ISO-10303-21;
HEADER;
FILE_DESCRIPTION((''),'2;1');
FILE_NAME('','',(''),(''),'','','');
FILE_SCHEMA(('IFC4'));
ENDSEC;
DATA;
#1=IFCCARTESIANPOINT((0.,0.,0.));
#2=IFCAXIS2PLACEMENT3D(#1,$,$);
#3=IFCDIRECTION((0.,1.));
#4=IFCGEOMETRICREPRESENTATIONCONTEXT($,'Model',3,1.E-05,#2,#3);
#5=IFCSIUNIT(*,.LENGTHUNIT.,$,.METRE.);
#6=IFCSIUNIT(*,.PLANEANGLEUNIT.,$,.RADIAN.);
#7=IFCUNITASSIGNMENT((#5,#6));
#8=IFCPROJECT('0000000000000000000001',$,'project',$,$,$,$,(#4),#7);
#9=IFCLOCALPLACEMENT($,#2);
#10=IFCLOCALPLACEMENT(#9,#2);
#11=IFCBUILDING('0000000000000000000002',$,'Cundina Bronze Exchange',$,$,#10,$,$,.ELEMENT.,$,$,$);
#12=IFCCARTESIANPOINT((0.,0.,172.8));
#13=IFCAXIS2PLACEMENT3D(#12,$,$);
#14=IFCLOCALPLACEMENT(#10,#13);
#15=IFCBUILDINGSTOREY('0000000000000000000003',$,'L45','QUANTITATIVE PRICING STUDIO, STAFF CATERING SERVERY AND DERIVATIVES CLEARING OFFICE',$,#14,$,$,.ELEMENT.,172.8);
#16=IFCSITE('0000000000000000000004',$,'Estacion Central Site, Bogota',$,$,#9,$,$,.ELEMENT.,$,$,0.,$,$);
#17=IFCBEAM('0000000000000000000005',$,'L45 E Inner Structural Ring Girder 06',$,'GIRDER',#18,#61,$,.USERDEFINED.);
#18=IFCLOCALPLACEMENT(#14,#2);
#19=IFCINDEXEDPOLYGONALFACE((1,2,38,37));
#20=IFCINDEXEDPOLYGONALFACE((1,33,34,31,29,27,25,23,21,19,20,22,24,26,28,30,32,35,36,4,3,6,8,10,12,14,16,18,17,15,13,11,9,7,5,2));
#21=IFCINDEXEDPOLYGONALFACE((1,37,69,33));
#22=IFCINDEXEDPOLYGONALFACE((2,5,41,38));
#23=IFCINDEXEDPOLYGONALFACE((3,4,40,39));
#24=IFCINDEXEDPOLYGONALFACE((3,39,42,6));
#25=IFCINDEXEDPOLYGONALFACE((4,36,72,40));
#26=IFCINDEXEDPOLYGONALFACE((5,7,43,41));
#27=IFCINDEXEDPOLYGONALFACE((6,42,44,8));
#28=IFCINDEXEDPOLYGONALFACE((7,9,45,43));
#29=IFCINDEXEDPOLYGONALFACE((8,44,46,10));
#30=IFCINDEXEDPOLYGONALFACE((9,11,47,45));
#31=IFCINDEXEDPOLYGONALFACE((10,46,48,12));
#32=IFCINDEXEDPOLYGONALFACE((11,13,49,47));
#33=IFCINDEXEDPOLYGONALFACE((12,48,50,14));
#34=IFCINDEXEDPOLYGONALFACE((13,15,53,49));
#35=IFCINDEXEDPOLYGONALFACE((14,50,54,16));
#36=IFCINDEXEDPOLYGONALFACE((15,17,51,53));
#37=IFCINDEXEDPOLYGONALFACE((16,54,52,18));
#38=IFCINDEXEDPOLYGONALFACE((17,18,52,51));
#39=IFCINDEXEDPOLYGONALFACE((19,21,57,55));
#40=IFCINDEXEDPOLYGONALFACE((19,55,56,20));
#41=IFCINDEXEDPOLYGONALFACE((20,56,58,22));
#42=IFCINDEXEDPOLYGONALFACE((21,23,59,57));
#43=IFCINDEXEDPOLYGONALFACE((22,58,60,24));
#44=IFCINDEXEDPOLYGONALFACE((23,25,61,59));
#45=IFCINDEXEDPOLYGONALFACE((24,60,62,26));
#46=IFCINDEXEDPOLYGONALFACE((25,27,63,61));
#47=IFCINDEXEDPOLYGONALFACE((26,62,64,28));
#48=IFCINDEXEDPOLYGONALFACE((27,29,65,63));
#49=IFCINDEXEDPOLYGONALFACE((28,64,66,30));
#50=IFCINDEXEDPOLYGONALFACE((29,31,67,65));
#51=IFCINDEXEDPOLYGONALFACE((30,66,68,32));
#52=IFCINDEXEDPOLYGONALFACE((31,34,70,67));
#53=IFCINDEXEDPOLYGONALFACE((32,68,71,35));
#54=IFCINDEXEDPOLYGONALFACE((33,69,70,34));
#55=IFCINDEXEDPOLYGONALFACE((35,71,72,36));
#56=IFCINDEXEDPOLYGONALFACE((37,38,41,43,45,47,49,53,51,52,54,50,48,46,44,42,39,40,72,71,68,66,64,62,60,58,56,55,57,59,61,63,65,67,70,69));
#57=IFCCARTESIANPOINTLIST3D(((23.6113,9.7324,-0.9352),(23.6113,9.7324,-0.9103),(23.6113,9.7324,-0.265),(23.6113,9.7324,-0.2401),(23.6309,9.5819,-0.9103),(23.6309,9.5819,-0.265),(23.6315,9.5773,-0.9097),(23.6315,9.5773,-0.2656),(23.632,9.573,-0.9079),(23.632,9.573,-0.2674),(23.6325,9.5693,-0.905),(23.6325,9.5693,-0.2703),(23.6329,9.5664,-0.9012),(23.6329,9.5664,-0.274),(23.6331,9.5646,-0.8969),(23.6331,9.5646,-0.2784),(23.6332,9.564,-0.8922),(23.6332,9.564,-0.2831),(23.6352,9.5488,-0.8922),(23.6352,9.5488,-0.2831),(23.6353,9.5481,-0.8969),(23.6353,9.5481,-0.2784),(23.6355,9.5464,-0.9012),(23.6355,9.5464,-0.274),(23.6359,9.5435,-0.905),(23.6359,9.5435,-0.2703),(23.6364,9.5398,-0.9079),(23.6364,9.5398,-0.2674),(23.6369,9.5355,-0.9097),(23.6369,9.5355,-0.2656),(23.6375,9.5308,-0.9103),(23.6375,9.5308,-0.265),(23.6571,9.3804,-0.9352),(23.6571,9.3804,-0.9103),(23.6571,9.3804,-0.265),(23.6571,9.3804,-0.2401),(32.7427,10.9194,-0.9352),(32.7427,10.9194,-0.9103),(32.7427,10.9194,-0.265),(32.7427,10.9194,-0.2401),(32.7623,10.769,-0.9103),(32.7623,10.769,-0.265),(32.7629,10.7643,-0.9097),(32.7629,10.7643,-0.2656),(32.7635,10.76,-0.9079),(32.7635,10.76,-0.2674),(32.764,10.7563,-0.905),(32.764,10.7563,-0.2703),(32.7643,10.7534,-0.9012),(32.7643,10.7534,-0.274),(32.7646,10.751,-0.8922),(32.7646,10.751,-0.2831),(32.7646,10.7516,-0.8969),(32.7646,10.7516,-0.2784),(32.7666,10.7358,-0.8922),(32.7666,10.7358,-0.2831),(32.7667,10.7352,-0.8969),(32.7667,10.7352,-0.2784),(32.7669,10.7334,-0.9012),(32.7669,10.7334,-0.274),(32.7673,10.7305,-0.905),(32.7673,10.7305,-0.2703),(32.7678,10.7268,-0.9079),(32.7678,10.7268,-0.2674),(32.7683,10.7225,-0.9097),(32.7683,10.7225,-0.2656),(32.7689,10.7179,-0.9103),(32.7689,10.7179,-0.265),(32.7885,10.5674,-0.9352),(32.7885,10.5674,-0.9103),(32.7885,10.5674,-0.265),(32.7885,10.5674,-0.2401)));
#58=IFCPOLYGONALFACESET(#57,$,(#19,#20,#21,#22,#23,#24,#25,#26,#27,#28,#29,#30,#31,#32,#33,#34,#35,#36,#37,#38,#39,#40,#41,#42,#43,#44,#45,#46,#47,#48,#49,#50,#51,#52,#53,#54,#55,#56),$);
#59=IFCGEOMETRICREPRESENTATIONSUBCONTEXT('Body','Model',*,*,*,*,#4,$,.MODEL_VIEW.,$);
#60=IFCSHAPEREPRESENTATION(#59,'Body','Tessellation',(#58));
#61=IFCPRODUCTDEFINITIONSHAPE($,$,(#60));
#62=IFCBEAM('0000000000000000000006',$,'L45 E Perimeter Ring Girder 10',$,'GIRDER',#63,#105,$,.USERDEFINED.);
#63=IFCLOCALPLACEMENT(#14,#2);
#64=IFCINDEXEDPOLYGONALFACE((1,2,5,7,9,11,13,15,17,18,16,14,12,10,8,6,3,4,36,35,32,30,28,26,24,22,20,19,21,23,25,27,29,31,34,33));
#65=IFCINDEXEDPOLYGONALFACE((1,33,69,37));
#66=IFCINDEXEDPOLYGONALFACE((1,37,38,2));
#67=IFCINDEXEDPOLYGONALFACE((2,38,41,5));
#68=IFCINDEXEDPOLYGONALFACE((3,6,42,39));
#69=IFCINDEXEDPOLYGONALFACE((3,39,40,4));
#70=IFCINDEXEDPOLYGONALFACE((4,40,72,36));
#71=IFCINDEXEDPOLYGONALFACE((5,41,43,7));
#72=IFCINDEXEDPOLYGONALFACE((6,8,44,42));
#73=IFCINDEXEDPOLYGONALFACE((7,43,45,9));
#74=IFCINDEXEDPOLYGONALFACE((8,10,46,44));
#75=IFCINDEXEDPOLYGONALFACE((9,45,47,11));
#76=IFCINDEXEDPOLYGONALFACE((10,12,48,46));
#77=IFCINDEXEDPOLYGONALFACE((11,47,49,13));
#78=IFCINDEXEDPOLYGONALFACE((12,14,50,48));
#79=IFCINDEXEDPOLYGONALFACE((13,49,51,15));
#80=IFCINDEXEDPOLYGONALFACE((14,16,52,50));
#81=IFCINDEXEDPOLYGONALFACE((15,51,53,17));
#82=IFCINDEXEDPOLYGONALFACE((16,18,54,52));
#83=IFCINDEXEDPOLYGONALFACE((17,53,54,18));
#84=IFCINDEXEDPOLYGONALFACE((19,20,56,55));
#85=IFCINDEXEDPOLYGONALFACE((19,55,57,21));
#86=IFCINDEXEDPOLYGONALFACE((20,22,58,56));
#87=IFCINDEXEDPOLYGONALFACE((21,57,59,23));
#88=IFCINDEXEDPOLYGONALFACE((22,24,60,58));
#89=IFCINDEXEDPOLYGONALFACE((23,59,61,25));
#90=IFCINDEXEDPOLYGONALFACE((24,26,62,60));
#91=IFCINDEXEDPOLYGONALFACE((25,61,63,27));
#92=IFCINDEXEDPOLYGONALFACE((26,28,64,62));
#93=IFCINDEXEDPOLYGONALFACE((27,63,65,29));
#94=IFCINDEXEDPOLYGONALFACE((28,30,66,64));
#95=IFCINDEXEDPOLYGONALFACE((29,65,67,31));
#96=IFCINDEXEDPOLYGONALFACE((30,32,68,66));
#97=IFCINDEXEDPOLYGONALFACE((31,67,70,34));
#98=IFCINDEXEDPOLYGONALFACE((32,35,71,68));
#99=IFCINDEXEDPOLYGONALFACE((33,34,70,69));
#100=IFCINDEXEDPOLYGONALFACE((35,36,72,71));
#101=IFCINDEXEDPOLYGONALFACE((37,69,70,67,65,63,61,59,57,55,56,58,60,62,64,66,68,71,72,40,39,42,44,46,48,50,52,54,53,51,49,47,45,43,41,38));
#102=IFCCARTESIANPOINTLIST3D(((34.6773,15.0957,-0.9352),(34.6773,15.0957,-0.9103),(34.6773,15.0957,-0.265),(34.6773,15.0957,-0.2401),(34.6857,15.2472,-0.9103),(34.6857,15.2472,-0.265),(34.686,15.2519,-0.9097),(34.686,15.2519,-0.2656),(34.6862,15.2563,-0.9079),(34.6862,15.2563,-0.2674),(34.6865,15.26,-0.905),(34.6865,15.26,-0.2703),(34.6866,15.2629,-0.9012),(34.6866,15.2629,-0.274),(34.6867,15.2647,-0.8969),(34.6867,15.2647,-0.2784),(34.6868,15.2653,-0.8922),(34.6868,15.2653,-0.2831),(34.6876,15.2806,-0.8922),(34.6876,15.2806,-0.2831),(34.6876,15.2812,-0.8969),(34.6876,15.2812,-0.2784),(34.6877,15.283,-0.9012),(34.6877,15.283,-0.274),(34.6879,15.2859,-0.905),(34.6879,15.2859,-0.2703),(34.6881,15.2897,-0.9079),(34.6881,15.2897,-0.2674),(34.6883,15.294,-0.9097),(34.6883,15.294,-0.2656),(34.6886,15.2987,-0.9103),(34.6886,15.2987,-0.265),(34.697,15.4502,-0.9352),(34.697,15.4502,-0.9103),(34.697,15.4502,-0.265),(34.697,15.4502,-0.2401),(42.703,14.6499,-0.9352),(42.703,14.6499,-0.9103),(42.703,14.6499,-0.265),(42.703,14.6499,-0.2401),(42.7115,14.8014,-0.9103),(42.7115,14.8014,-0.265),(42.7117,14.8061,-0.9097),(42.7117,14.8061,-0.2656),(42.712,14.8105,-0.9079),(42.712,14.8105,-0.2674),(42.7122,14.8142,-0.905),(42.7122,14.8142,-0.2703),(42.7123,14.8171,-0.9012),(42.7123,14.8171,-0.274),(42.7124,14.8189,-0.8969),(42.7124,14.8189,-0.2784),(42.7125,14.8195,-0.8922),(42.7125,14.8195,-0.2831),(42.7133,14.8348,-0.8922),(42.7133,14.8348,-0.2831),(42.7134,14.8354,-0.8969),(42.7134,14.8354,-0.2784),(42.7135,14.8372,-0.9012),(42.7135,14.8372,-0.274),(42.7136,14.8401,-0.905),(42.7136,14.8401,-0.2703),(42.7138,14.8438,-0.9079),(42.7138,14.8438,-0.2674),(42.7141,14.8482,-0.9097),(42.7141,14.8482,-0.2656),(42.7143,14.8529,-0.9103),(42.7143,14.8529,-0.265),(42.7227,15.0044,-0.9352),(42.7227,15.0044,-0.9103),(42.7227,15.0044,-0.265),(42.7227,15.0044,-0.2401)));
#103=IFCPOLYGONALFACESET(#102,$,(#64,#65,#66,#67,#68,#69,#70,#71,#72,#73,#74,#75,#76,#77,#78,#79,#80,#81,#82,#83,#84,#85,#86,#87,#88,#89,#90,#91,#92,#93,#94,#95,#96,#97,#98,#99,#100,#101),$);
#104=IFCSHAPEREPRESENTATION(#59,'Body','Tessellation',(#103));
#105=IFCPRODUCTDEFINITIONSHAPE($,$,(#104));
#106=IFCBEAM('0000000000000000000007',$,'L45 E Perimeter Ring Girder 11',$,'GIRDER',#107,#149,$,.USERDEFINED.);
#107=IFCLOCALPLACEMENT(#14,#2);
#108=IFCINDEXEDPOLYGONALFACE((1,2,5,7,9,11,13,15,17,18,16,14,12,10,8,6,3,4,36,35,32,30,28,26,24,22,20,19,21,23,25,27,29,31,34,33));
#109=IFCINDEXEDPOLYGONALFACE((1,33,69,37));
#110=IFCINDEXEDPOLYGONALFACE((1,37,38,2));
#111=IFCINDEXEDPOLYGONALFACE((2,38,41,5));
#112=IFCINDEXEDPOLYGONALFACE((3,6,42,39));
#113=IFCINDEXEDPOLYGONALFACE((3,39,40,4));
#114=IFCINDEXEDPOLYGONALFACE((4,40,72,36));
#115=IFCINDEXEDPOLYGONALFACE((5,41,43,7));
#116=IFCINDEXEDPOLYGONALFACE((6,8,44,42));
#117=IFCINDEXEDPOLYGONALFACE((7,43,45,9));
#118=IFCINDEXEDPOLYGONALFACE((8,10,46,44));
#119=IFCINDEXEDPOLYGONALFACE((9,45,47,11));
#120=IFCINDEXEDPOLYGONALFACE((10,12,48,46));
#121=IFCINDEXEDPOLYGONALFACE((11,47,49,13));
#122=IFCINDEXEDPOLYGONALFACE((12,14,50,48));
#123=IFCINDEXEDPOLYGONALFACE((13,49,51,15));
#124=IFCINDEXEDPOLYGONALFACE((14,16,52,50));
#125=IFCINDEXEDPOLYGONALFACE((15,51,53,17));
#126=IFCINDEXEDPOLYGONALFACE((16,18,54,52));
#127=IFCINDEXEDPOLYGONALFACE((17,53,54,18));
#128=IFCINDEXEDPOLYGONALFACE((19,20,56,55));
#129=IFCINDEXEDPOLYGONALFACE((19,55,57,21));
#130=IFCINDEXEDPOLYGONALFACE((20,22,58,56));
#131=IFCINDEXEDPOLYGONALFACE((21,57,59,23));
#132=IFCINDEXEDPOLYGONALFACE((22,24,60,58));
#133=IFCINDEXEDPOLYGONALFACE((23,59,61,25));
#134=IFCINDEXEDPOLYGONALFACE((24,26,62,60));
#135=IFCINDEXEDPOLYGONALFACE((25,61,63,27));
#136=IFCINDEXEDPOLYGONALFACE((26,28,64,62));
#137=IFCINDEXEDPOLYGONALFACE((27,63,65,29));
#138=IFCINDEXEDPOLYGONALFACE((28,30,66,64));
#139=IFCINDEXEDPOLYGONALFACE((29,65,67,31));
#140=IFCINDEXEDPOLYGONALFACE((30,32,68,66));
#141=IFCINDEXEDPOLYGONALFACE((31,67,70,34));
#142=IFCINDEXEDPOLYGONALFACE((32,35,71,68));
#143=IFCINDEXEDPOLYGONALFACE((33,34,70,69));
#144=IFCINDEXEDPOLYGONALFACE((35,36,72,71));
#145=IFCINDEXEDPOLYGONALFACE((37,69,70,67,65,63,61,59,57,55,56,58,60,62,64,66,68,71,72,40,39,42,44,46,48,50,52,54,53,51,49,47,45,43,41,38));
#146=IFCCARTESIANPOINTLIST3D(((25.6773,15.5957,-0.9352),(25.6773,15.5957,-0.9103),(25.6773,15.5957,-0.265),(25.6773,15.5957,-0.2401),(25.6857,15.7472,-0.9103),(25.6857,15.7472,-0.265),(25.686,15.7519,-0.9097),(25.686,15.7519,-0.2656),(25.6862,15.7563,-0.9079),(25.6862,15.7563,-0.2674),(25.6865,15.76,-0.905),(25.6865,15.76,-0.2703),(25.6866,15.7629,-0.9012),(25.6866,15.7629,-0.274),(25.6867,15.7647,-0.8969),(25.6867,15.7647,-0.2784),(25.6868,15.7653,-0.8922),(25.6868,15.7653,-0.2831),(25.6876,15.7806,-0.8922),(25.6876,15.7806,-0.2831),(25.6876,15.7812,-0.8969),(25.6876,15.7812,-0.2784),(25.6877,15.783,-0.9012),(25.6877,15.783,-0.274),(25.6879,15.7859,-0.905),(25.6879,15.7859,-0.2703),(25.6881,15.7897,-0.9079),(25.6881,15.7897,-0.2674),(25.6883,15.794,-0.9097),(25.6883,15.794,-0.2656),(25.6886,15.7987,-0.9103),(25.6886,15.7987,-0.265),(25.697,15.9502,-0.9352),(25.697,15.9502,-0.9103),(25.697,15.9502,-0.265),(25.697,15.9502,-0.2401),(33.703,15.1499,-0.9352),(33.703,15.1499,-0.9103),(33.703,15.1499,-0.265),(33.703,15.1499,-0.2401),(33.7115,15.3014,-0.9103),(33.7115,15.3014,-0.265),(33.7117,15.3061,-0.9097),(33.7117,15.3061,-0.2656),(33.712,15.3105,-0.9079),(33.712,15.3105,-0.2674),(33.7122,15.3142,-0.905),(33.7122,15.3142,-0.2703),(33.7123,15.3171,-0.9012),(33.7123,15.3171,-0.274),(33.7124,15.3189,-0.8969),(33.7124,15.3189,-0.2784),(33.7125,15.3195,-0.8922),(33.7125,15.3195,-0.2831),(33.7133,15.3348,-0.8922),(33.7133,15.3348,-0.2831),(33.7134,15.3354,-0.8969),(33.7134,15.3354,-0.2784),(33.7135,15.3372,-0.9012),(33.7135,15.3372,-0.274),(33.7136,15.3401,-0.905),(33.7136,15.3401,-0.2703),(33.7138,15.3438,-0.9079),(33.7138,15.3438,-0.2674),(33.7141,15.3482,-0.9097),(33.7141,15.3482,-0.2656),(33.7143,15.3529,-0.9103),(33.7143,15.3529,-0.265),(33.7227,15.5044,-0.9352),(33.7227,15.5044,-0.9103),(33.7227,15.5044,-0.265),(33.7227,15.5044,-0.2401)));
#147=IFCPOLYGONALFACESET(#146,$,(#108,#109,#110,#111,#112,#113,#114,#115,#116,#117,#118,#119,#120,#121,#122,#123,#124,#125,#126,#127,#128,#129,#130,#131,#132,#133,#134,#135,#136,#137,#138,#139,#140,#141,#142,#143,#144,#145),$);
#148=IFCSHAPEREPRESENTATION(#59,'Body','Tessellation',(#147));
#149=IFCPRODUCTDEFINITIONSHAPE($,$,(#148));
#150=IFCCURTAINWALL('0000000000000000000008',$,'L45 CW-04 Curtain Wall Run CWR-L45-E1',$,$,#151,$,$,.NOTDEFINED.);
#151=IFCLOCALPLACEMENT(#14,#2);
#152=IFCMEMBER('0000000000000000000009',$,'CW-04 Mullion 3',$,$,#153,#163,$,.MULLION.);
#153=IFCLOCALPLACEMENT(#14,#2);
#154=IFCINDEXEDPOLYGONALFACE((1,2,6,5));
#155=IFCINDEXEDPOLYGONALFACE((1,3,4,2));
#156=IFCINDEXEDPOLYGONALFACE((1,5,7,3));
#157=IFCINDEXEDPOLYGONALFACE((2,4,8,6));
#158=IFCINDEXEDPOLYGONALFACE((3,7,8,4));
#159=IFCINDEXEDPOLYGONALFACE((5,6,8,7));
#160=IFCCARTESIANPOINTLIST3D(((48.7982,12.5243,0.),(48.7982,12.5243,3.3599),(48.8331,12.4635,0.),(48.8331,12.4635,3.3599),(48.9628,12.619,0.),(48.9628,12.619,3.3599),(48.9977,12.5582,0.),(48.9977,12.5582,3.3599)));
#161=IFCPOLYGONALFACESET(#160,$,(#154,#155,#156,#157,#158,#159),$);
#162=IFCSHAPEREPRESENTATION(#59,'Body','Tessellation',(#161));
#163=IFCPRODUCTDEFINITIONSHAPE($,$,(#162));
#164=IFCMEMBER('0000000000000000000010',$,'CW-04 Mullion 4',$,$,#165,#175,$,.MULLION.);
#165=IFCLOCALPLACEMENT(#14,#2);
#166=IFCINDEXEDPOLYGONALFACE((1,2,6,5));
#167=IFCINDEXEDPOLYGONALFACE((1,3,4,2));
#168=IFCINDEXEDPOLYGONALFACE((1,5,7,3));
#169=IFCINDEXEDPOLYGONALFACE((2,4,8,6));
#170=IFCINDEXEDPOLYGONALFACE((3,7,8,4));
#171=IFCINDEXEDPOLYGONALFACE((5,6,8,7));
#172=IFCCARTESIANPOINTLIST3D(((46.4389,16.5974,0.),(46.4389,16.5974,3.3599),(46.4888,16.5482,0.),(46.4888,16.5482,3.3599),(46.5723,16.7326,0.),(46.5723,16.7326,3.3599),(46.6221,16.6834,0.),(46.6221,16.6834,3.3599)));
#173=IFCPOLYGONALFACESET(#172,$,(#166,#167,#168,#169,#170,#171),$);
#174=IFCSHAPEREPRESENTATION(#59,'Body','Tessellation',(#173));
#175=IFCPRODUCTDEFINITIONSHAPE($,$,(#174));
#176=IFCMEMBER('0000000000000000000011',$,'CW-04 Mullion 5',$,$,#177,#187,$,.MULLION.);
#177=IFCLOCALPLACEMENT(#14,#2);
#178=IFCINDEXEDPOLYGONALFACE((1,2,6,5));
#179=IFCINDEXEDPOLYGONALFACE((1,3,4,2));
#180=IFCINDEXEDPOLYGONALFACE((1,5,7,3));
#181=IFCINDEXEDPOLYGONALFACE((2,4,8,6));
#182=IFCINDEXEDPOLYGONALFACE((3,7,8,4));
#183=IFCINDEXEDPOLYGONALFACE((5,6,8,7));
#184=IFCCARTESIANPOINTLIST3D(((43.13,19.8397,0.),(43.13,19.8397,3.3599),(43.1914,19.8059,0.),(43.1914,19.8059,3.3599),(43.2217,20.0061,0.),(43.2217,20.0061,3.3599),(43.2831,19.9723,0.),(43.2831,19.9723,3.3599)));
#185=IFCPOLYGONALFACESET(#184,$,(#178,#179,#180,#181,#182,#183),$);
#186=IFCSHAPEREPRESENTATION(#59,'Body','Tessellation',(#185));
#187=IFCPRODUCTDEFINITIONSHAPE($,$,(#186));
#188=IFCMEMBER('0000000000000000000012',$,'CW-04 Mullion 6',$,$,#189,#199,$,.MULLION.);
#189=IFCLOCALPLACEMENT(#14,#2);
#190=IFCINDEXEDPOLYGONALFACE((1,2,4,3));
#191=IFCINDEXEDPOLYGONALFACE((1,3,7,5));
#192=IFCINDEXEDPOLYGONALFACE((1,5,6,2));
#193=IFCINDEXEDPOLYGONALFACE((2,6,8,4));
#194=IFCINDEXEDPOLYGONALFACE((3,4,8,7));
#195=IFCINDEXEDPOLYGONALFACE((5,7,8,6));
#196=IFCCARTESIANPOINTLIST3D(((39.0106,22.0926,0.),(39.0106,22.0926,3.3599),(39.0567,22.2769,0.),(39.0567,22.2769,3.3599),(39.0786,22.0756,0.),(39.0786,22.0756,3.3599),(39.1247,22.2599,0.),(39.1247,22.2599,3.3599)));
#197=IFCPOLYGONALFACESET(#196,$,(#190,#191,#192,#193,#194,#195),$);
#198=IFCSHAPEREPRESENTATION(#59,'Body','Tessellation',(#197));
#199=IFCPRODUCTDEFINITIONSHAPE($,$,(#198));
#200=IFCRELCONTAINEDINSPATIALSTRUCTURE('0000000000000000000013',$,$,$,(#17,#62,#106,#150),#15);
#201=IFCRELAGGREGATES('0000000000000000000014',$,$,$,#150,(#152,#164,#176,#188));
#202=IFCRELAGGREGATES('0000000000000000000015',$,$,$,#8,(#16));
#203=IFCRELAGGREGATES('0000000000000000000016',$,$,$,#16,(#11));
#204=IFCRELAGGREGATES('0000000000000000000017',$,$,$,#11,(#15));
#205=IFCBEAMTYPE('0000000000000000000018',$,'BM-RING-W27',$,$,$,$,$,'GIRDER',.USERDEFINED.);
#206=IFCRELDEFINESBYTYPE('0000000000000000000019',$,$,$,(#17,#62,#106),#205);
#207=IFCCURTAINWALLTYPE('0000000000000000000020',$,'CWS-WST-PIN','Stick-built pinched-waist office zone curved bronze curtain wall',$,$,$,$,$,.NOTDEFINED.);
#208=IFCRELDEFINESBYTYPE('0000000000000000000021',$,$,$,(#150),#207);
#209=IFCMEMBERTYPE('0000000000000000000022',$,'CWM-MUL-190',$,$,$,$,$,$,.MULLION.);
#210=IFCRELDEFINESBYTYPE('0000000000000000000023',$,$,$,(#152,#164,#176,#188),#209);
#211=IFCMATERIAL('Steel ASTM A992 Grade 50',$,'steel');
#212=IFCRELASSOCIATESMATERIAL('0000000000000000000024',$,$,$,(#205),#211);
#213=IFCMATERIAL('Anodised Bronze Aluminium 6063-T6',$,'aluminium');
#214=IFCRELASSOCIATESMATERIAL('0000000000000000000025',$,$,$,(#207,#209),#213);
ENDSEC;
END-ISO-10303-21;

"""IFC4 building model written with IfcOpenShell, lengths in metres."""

from ifc_helpers import new_model, si_unit, direction, frame, origin, origin_2d, place, context, subcontext, project, spatial, rectangle, i_section, extrude, material, material_profile, profile_set, type_object, element, aggregate, save


model = new_model("IFC4")

# Units and contexts
model_context = context("Model", 3, precision=1e-05, world=origin(), true_north=direction((0.0, 1.0)))
body_context = subcontext(model_context, "Body", "Model", "MODEL_VIEW")
ifc_project = project(units=[si_unit("LENGTHUNIT", "METRE"), si_unit("PLANEANGLEUNIT", "RADIAN")], contexts=[model_context])

# Site, building, storey
site_placement = place(None, origin())
site = spatial("IfcSite", under=ifc_project, at=site_placement, Name="Estacion Central Site, Bogota", CompositionType="ELEMENT", RefElevation=0.0)
building_placement = place(site_placement, origin())
building = spatial("IfcBuilding", under=site, at=building_placement, Name="Cundina Bronze Exchange", CompositionType="ELEMENT")
storey_placement = place(building_placement, frame((0.0, 0.0, 172.8)))
storey = spatial("IfcBuildingStorey", under=building, at=storey_placement, Name="L45", Description="QUANTITATIVE PRICING STUDIO, STAFF CATERING SERVERY AND DERIVATIVES CLEARING OFFICE", CompositionType="ELEMENT", Elevation=172.8)

# Beams
ifc_material_1 = material(Name="Steel ASTM A992 Grade 50", Category="steel")
ifc_material_profile_1 = material_profile(ifc_material_1, i_section(OverallWidth=0.355, OverallDepth=0.6951, WebThickness=0.0154, FlangeThickness=0.0249, FilletRadius=0.0181, at=origin_2d()), Name="W27X146", Category="steel")
ifc_profile_set_1 = profile_set([ifc_material_profile_1], Name="Steel ASTM A992 Grade 50")
beam_type_1 = type_object("IfcBeamType", Name="BM-RING-W27", ElementType="GIRDER", PredefinedType="USERDEFINED", material=ifc_profile_set_1)
beam_1_placement = place(storey_placement, frame((32.7656, 10.7434, -0.5876), z_axis=(-0.991656, -0.128908, 0.0), x_axis=(0.128908, -0.991656, 0.0)))
element("IfcBeam", 1, at=beam_1_placement, inside=storey, type_object=beam_type_1, Name="L45 E Inner Structural Ring Girder 06", ObjectType="GIRDER", PredefinedType="USERDEFINED", context=body_context, shape_type="SweptSolid", body=[
    extrude(i_section(OverallWidth=0.355, OverallDepth=0.6951, WebThickness=0.0154, FlangeThickness=0.0249, FilletRadius=0.0181, at=origin_2d()), origin(), (0.0, 0.0, 1.0), 9.2083),
])
for number, where, z_axis, x_axis, name in (
    (2, (42.7129, 14.8271, -0.5876), (-0.998461, 0.055462, 0.0), (-0.055462, -0.998461, 0.0), "L45 E Perimeter Ring Girder 10"),
    (3, (33.7129, 15.3271, -0.5876), (-0.998461, 0.055462, 0.0), (-0.055462, -0.998461, 0.0), "L45 E Perimeter Ring Girder 11"),
):
    element("IfcBeam", number, at=place(storey_placement, frame(where, z_axis=z_axis, x_axis=x_axis)), inside=storey, type_object=beam_type_1, Name=name, ObjectType="GIRDER", PredefinedType="USERDEFINED", context=body_context, shape_type="SweptSolid", body=[
        extrude(i_section(OverallWidth=0.355, OverallDepth=0.6951, WebThickness=0.0154, FlangeThickness=0.0249, FilletRadius=0.0181, at=origin_2d()), origin(), (0.0, 0.0, 1.0), 8.0381),
    ])

# Curtain wall, members
ifc_material_2 = material(Name="Anodised Bronze Aluminium 6063-T6", Category="aluminium")
curtain_wall_type = type_object("IfcCurtainWallType", Name="CWS-WST-PIN", Description="Stick-built pinched-waist office zone curved bronze curtain wall", PredefinedType="NOTDEFINED", material=ifc_material_2)
curtain_wall_1_placement = place(storey_placement, origin())
curtain_wall_1 = element("IfcCurtainWall", 4, at=curtain_wall_1_placement, inside=storey, type_object=curtain_wall_type, Name="L45 CW-04 Curtain Wall Run CWR-L45-E1", PredefinedType="NOTDEFINED")
ifc_material_profile_2 = material_profile(ifc_material_2, rectangle(XDim=0.0701, YDim=0.1899, at=origin_2d()), Name="AL70X190", Category="aluminium")
ifc_profile_set_2 = profile_set([ifc_material_profile_2], Name="Anodised Bronze Aluminium 6063-T6")
member_type_1 = type_object("IfcMemberType", Name="CWM-MUL-190", PredefinedType="MULLION", material=ifc_profile_set_2)
member_1_placement = place(storey_placement, frame((48.8979, 12.5413, 0.0), z_axis=(0.0, 0.0, 1.0), x_axis=(-0.498488, 0.866897, 0.0)))
member_1 = element("IfcMember", 5, at=member_1_placement, type_object=member_type_1, Name="CW-04 Mullion 3", PredefinedType="MULLION", context=body_context, shape_type="SweptSolid", body=[
    extrude(rectangle(XDim=0.0701, YDim=0.1899, at=origin_2d()), origin(), (0.0, 0.0, 1.0), 3.3599),
])
member_2_placement = place(storey_placement, frame((46.5305, 16.6404, 0.0), z_axis=(0.0, 0.0, 1.0), x_axis=(-0.712026, 0.702153, 0.0)))
member_2 = element("IfcMember", 6, at=member_2_placement, type_object=member_type_1, Name="CW-04 Mullion 4", PredefinedType="MULLION", context=body_context, shape_type="SweptSolid", body=[
    extrude(rectangle(XDim=0.0701, YDim=0.1899, at=origin_2d()), origin(), (0.0, 0.0, 1.0), 3.3599),
])
member_3_placement = place(storey_placement, frame((43.2065, 19.906, 0.0), z_axis=(0.0, 0.0, 1.0), x_axis=(-0.875886, 0.482518, 0.0)))
member_3 = element("IfcMember", 7, at=member_3_placement, type_object=member_type_1, Name="CW-04 Mullion 5", PredefinedType="MULLION", context=body_context, shape_type="SweptSolid", body=[
    extrude(rectangle(XDim=0.0701, YDim=0.1899, at=origin_2d()), origin(), (0.0, 0.0, 1.0), 3.3599),
])
member_4_placement = place(storey_placement, frame((39.0676, 22.1763, 0.0), z_axis=(0.0, 0.0, 1.0), x_axis=(-0.970084, 0.242769, 0.0)))
member_4 = element("IfcMember", 8, at=member_4_placement, type_object=member_type_1, Name="CW-04 Mullion 6", PredefinedType="MULLION", context=body_context, shape_type="SweptSolid", body=[
    extrude(rectangle(XDim=0.0701, YDim=0.1899, at=origin_2d()), origin(), (0.0, 0.0, 1.0), 3.3599),
])

aggregate(curtain_wall_1, [member_1, member_2, member_3, member_4])

save(model, "model.ifc")
